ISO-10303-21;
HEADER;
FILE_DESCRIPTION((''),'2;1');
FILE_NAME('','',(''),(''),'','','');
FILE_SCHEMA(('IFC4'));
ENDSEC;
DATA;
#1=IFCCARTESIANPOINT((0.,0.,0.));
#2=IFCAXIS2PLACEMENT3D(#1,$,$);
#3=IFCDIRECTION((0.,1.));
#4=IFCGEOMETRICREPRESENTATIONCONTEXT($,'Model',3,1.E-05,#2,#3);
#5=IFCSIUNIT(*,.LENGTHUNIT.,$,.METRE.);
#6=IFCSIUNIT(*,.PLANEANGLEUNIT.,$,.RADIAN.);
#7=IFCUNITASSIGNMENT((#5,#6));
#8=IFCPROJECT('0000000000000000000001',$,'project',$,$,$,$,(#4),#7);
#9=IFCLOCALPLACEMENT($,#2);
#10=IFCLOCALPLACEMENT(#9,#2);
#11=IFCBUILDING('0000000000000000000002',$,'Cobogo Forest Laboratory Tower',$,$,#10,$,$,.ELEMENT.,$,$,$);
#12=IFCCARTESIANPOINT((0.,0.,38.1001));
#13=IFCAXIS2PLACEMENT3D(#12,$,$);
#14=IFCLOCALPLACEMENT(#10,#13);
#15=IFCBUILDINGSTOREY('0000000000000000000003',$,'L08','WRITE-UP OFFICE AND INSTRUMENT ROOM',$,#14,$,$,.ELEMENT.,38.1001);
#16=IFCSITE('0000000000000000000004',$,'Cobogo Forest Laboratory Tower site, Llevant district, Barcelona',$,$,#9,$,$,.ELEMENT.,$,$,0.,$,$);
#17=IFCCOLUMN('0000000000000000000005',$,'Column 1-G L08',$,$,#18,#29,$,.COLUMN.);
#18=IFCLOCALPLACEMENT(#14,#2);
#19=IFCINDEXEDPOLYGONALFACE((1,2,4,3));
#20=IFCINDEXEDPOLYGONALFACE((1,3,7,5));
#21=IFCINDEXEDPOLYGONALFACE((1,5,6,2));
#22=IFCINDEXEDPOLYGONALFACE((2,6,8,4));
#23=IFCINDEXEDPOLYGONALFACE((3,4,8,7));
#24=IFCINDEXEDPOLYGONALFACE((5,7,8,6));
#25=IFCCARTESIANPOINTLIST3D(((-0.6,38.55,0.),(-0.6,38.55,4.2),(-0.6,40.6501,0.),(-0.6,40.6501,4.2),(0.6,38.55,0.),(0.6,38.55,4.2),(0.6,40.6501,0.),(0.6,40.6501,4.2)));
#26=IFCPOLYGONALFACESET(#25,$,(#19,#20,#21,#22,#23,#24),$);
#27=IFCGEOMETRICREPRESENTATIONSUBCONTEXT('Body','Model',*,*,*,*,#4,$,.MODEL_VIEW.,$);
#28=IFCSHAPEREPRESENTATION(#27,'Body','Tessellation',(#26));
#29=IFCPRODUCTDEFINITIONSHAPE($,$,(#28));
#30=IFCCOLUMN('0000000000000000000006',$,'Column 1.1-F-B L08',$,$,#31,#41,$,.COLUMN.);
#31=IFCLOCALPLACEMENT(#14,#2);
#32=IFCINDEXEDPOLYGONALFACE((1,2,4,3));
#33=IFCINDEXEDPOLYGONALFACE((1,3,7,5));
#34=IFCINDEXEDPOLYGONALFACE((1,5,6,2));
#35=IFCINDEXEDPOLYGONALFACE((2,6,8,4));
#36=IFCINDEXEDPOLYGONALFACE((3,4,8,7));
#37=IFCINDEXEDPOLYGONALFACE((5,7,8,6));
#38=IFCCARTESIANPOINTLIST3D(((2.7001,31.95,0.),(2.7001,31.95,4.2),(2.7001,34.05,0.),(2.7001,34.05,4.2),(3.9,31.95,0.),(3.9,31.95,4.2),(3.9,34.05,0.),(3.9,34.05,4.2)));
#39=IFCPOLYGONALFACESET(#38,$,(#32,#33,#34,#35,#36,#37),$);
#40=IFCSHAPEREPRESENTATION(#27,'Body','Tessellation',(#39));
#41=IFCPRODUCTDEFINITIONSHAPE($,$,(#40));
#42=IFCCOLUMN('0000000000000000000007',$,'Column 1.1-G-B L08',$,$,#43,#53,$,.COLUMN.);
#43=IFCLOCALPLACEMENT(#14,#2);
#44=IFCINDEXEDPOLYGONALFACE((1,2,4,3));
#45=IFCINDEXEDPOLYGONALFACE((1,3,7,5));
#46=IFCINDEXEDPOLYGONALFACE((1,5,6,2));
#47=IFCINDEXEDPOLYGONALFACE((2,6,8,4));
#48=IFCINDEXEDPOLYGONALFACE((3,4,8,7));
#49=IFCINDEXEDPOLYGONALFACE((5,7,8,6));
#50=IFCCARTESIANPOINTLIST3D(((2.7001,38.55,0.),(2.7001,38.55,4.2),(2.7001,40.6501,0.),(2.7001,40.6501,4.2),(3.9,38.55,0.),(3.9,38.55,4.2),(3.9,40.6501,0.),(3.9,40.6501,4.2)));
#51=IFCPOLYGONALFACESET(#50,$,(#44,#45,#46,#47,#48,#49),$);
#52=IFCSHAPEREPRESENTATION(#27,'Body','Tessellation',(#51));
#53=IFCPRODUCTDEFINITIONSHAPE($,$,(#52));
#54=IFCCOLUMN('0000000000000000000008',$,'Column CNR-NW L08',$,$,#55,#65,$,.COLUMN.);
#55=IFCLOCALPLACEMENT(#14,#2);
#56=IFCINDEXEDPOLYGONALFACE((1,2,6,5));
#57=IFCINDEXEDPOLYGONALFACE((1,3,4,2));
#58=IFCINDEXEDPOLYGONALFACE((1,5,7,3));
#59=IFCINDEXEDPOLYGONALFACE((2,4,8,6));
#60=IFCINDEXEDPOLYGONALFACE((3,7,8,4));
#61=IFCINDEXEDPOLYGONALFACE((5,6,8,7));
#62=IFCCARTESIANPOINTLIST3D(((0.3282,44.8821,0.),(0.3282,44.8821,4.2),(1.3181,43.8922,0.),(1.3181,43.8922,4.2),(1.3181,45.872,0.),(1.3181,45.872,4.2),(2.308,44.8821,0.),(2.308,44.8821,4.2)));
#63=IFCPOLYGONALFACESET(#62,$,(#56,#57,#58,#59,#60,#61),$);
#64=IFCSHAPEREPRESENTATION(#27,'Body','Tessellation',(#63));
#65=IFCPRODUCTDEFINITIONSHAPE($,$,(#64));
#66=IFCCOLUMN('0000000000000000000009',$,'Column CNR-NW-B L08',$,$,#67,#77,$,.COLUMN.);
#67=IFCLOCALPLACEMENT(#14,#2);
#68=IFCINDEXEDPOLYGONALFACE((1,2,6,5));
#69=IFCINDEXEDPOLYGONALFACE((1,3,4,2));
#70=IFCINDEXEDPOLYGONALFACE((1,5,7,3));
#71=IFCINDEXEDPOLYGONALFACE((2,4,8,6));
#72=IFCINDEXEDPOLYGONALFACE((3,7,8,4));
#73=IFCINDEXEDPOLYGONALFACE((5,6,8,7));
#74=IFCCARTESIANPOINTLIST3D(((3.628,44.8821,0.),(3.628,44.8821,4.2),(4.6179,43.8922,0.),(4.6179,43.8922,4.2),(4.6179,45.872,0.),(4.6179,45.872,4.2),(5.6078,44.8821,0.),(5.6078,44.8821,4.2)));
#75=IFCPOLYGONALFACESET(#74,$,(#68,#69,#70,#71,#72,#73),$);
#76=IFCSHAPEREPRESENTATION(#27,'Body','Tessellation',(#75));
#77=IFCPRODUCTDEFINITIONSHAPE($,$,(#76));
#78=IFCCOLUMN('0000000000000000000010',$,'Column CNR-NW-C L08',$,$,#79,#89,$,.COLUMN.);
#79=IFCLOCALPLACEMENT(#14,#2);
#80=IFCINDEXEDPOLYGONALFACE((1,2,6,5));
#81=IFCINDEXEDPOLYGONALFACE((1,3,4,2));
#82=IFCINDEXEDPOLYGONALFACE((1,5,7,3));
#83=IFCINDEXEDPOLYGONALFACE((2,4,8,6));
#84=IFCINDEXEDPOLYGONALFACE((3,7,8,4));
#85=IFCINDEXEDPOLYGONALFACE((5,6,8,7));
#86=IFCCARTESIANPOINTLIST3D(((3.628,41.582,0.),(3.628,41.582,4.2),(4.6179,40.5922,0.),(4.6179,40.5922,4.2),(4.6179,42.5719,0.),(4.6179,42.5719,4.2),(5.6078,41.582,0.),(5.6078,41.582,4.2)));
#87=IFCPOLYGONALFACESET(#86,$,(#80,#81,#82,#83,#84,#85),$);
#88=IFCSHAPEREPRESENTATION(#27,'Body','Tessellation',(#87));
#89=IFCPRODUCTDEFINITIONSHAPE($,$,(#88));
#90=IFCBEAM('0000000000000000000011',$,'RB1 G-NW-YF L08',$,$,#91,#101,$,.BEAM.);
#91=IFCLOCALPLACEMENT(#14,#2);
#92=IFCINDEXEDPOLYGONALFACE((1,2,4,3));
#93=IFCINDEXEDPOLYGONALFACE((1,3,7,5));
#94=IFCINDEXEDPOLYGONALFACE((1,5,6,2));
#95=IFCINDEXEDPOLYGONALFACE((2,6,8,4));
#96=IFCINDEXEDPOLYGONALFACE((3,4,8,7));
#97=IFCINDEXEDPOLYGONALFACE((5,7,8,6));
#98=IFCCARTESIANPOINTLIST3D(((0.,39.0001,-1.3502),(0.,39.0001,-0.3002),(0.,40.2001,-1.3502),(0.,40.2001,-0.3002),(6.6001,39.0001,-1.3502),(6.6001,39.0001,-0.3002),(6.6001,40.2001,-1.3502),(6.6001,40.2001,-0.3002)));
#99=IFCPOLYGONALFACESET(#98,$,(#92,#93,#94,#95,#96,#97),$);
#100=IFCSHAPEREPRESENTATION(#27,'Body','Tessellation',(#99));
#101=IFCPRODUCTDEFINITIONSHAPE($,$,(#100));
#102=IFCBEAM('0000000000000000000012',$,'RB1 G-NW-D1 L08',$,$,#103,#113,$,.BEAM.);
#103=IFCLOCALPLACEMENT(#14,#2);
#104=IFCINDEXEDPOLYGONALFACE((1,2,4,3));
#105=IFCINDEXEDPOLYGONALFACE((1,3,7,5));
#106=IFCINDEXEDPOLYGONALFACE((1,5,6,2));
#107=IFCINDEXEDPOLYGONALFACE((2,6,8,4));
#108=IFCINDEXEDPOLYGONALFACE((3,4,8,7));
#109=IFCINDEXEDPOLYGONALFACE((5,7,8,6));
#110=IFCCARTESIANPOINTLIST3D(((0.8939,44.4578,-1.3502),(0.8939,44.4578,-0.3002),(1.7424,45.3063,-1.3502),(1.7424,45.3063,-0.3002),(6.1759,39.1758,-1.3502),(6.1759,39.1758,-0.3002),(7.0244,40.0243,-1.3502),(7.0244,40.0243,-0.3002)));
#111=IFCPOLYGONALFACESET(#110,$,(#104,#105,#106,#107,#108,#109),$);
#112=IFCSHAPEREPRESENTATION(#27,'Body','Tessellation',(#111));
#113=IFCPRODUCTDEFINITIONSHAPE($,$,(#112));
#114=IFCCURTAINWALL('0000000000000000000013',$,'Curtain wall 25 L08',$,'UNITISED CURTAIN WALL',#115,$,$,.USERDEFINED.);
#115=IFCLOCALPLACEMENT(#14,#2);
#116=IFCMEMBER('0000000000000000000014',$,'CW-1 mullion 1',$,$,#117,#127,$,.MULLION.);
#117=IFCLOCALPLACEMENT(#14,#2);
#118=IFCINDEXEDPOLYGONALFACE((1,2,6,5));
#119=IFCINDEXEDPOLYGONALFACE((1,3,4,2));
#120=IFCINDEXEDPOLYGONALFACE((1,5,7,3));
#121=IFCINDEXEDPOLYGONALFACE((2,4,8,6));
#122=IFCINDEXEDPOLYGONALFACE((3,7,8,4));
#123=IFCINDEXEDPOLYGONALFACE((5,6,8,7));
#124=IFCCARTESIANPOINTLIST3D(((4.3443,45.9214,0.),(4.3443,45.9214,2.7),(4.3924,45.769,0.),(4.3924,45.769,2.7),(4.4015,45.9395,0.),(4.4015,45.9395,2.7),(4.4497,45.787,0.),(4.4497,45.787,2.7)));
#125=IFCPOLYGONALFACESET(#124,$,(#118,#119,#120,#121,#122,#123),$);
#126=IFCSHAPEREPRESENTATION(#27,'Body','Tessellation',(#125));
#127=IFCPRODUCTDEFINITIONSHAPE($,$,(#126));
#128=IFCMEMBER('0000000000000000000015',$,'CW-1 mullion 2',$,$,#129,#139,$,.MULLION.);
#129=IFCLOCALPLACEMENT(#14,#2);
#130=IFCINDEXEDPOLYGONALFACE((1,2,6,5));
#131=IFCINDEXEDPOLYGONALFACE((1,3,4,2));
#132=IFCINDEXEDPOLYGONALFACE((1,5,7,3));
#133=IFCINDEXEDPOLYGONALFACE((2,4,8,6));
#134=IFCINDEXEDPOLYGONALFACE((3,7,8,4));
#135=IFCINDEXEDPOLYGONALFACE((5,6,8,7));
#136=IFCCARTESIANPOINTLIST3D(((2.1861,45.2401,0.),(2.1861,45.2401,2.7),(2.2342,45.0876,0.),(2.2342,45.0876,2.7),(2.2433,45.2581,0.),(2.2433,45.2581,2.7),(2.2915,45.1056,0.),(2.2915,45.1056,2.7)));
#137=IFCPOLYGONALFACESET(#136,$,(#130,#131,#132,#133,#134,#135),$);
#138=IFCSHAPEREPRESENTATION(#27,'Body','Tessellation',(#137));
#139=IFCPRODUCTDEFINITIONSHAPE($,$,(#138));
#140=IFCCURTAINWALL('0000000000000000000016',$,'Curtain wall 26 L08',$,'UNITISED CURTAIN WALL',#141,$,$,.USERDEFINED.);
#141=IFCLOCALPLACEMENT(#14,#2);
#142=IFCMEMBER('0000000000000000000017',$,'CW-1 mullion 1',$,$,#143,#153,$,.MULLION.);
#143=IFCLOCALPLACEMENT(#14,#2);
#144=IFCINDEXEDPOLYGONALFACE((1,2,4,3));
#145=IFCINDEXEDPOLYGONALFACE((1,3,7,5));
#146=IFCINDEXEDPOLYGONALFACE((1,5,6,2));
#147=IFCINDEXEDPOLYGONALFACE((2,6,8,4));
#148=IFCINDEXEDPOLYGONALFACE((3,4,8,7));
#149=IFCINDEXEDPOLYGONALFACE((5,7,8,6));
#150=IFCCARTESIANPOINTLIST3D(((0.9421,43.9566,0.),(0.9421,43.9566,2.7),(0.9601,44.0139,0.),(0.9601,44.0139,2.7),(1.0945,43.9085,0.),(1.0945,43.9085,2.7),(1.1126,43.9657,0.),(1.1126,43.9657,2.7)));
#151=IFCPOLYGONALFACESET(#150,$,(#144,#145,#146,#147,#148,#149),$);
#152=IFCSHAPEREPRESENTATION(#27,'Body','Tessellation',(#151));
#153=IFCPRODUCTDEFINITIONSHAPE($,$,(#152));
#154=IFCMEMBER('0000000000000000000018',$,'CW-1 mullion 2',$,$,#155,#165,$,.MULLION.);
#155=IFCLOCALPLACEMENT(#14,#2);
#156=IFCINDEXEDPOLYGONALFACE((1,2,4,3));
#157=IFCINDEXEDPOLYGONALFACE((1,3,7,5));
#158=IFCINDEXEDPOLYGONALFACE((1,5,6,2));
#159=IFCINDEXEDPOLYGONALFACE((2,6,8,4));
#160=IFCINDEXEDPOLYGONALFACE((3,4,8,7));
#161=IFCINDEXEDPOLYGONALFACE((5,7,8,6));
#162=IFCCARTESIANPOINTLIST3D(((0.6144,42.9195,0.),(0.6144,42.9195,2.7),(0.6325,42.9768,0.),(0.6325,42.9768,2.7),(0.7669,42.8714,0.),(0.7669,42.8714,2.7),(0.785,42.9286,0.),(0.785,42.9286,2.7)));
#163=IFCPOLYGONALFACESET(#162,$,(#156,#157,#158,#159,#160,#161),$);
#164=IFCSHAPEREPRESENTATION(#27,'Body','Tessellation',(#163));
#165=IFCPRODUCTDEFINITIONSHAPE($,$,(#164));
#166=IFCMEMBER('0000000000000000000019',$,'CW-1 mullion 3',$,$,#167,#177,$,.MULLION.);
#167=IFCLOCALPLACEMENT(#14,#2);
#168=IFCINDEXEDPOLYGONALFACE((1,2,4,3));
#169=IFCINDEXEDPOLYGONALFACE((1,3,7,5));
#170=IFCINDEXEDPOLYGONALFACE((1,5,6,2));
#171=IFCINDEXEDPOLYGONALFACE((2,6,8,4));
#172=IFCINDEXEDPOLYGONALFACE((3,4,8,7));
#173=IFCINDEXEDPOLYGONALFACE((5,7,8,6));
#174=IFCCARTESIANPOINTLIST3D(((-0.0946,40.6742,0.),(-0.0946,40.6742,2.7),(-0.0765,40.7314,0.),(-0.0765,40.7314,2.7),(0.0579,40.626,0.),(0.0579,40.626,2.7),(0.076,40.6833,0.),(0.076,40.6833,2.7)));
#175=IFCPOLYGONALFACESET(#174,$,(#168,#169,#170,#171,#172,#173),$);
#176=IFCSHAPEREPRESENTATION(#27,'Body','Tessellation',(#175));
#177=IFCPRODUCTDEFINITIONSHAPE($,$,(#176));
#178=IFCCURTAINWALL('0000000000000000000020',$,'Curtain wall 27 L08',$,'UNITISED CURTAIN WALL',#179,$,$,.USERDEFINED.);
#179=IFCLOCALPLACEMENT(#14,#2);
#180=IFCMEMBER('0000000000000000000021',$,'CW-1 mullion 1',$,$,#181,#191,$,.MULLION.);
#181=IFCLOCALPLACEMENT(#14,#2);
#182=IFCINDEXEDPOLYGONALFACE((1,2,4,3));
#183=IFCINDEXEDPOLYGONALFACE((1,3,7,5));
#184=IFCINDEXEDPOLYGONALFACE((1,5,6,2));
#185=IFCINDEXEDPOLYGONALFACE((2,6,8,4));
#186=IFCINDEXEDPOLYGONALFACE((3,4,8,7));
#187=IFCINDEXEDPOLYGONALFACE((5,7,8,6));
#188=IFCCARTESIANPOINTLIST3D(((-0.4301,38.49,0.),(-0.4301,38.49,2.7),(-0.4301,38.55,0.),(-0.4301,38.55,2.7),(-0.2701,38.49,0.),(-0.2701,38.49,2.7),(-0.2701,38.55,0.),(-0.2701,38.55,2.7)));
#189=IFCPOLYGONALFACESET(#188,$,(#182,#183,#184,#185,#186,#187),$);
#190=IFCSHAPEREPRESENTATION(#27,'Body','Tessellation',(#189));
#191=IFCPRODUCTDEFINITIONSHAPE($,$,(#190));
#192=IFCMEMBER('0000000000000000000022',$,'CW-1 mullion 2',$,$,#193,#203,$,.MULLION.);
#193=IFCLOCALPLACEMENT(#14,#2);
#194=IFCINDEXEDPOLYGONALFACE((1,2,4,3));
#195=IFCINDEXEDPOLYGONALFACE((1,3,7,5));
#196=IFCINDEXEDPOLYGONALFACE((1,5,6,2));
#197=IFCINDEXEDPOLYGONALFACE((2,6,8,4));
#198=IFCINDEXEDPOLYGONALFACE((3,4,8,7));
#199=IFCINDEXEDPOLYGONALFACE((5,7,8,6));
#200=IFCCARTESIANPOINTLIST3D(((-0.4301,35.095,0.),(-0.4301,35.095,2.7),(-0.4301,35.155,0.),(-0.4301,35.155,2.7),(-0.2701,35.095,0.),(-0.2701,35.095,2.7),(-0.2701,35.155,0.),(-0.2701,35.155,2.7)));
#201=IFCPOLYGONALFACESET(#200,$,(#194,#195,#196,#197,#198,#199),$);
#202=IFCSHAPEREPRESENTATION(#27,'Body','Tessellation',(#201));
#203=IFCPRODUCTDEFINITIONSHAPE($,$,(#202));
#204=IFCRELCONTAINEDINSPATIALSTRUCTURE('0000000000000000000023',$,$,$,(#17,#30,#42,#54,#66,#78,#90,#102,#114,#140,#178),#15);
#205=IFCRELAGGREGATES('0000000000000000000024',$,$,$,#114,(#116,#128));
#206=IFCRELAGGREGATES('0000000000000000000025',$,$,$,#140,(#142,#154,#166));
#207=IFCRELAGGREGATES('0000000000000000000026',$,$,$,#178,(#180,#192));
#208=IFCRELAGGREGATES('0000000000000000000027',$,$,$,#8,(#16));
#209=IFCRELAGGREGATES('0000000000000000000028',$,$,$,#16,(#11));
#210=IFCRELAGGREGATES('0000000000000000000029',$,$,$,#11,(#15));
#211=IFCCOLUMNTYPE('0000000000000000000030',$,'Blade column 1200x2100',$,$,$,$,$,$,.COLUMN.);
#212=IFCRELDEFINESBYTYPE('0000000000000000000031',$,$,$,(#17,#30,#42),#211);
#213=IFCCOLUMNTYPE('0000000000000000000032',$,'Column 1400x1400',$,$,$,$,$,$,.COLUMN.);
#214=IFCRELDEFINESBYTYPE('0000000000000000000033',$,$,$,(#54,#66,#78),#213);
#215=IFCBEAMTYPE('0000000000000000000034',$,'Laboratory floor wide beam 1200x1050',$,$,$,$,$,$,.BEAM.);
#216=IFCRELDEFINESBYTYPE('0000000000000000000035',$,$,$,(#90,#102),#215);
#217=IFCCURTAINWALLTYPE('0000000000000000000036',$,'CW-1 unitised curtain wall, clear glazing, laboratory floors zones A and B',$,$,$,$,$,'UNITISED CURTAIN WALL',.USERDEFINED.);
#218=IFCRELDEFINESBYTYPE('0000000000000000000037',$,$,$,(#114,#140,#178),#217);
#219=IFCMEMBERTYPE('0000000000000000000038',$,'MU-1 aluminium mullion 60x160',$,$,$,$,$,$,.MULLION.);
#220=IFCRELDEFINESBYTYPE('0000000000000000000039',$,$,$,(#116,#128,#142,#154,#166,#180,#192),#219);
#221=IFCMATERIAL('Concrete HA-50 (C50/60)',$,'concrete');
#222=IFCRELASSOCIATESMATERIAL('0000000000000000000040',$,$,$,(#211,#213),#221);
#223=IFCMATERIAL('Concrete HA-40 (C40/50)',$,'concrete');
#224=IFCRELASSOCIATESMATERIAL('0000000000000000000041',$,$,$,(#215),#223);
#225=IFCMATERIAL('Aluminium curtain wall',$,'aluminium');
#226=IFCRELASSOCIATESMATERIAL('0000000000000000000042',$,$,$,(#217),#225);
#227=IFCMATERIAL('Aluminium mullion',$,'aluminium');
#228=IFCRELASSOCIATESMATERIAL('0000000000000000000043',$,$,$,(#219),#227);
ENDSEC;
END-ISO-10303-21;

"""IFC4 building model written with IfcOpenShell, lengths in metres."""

from ifc_helpers import new_model, si_unit, direction, frame, origin, origin_2d, place, context, subcontext, project, spatial, rectangle, extrude, material, material_profile, profile_set, type_object, element, aggregate, save


model = new_model("IFC4")

# Units and contexts
model_context = context("Model", 3, precision=1e-05, world=origin(), true_north=direction((0.0, 1.0)))
body_context = subcontext(model_context, "Body", "Model", "MODEL_VIEW")
ifc_project = project(units=[si_unit("LENGTHUNIT", "METRE"), si_unit("PLANEANGLEUNIT", "RADIAN")], contexts=[model_context])

# Site, building, storey
site_placement = place(None, origin())
site = spatial("IfcSite", under=ifc_project, at=site_placement, Name="Cobogo Forest Laboratory Tower site, Llevant district, Barcelona", CompositionType="ELEMENT", RefElevation=0.0)
building_placement = place(site_placement, origin())
building = spatial("IfcBuilding", under=site, at=building_placement, Name="Cobogo Forest Laboratory Tower", CompositionType="ELEMENT")
storey_placement = place(building_placement, frame((0.0, 0.0, 38.1001)))
storey = spatial("IfcBuildingStorey", under=building, at=storey_placement, Name="L08", Description="WRITE-UP OFFICE AND INSTRUMENT ROOM", CompositionType="ELEMENT", Elevation=38.1001)

# Columns
ifc_material_1 = material(Name="Concrete HA-50 (C50/60)", Category="concrete")
ifc_material_profile_1 = material_profile(ifc_material_1, rectangle(XDim=2.1001, YDim=1.2, at=origin_2d()), Name="RC 1200x2100")
ifc_profile_set_1 = profile_set([ifc_material_profile_1], Name="Concrete HA-50 (C50/60)")
column_type_1 = type_object("IfcColumnType", Name="Blade column 1200x2100", PredefinedType="COLUMN", material=ifc_profile_set_1)
for number, where, z_axis, x_axis, name in (
    (1, (0.0, 39.6001, 0.0), (0.0, 0.0, 1.0), (0.0, 1.0, 0.0), "Column 1-G L08"),
    (2, (3.3, 33.0, 0.0), (0.0, 0.0, 1.0), (0.0, 1.0, 0.0), "Column 1.1-F-B L08"),
    (3, (3.3, 39.6001, 0.0), (0.0, 0.0, 1.0), (0.0, 1.0, 0.0), "Column 1.1-G-B L08"),
):
    element("IfcColumn", number, at=place(storey_placement, frame(where, z_axis=z_axis, x_axis=x_axis)), inside=storey, type_object=column_type_1, Name=name, PredefinedType="COLUMN", context=body_context, shape_type="SweptSolid", body=[
        extrude(rectangle(XDim=2.1001, YDim=1.2, at=origin_2d()), origin(), (0.0, 0.0, 1.0), 4.2),
    ])
ifc_material_profile_2 = material_profile(ifc_material_1, rectangle(XDim=1.3999, YDim=1.3999, at=origin_2d()), Name="RC 1400x1400")
ifc_profile_set_2 = profile_set([ifc_material_profile_2], Name="Concrete HA-50 (C50/60)")
column_type_2 = type_object("IfcColumnType", Name="Column 1400x1400", PredefinedType="COLUMN", material=ifc_profile_set_2)
for number, where, z_axis, x_axis, name in (
    (4, (1.3181, 44.8821, 0.0), (0.0, 0.0, 1.0), (0.707107, 0.707107, 0.0), "Column CNR-NW L08"),
    (5, (4.6179, 44.8821, 0.0), (0.0, 0.0, 1.0), (0.707107, 0.707107, 0.0), "Column CNR-NW-B L08"),
    (6, (4.6179, 41.582, 0.0), (0.0, 0.0, 1.0), (0.707107, 0.707107, 0.0), "Column CNR-NW-C L08"),
):
    element("IfcColumn", number, at=place(storey_placement, frame(where, z_axis=z_axis, x_axis=x_axis)), inside=storey, type_object=column_type_2, Name=name, PredefinedType="COLUMN", context=body_context, shape_type="SweptSolid", body=[
        extrude(rectangle(XDim=1.3999, YDim=1.3999, at=origin_2d()), origin(), (0.0, 0.0, 1.0), 4.2),
    ])

# Beams
ifc_material_2 = material(Name="Concrete HA-40 (C40/50)", Category="concrete")
ifc_material_profile_3 = material_profile(ifc_material_2, rectangle(XDim=1.2, YDim=1.05, at=origin_2d()), Name="RC 1200x1050")
ifc_profile_set_3 = profile_set([ifc_material_profile_3], Name="Concrete HA-40 (C40/50)")
beam_type_1 = type_object("IfcBeamType", Name="Laboratory floor wide beam 1200x1050", PredefinedType="BEAM", material=ifc_profile_set_3)
beam_1_placement = place(storey_placement, frame((0.0, 39.6001, -0.8252), z_axis=(1.0, 0.0, 0.0), x_axis=(0.0, 1.0, 0.0)))
element("IfcBeam", 7, at=beam_1_placement, inside=storey, type_object=beam_type_1, Name="RB1 G-NW-YF L08", PredefinedType="BEAM", context=body_context, shape_type="SweptSolid", body=[
    extrude(rectangle(XDim=1.2, YDim=1.05, at=origin_2d()), origin(), (0.0, 0.0, 1.0), 6.6001),
])
beam_2_placement = place(storey_placement, frame((1.3181, 44.8821, -0.8252), z_axis=(0.707107, -0.707107, 0.0), x_axis=(0.707107, 0.707107, 0.0)))
element("IfcBeam", 8, at=beam_2_placement, inside=storey, type_object=beam_type_1, Name="RB1 G-NW-D1 L08", PredefinedType="BEAM", context=body_context, shape_type="SweptSolid", body=[
    extrude(rectangle(XDim=1.2, YDim=1.05, at=origin_2d()), origin(), (0.0, 0.0, 1.0), 7.47),
])

# Curtain walls, members
ifc_material_3 = material(Name="Aluminium curtain wall", Category="aluminium")
curtain_wall_type = type_object("IfcCurtainWallType", Name="CW-1 unitised curtain wall, clear glazing, laboratory floors zones A and B", ElementType="UNITISED CURTAIN WALL", PredefinedType="USERDEFINED", material=ifc_material_3)
curtain_wall_1_placement = place(storey_placement, origin())
curtain_wall_1 = element("IfcCurtainWall", 9, at=curtain_wall_1_placement, inside=storey, type_object=curtain_wall_type, Name="Curtain wall 25 L08", ObjectType="UNITISED CURTAIN WALL", PredefinedType="USERDEFINED")
ifc_material_4 = material(Name="Aluminium mullion", Category="aluminium")
ifc_material_profile_4 = material_profile(ifc_material_4, rectangle(XDim=0.0601, YDim=0.1599, at=origin_2d()), Name="AL 60x160")
ifc_profile_set_4 = profile_set([ifc_material_profile_4], Name="Aluminium mullion")
member_type_1 = type_object("IfcMemberType", Name="MU-1 aluminium mullion 60x160", PredefinedType="MULLION", material=ifc_profile_set_4)
member_1_placement = place(storey_placement, frame((4.397, 45.8542, 0.0), z_axis=(0.0, 0.0, 1.0), x_axis=(-0.953581, -0.301135, 0.0)))
member_1 = element("IfcMember", 10, at=member_1_placement, type_object=member_type_1, Name="CW-1 mullion 1", PredefinedType="MULLION", context=body_context, shape_type="SweptSolid", body=[
    extrude(rectangle(XDim=0.0601, YDim=0.1599, at=origin_2d()), origin(), (0.0, 0.0, 1.0), 2.7),
])
member_2_placement = place(storey_placement, frame((2.2388, 45.1729, 0.0), z_axis=(0.0, 0.0, 1.0), x_axis=(-0.953581, -0.301135, 0.0)))
member_2 = element("IfcMember", 11, at=member_2_placement, type_object=member_type_1, Name="CW-1 mullion 2", PredefinedType="MULLION", context=body_context, shape_type="SweptSolid", body=[
    extrude(rectangle(XDim=0.0601, YDim=0.1599, at=origin_2d()), origin(), (0.0, 0.0, 1.0), 2.7),
])
curtain_wall_2_placement = place(storey_placement, origin())
curtain_wall_2 = element("IfcCurtainWall", 12, at=curtain_wall_2_placement, inside=storey, type_object=curtain_wall_type, Name="Curtain wall 26 L08", ObjectType="UNITISED CURTAIN WALL", PredefinedType="USERDEFINED")
member_3_placement = place(storey_placement, frame((1.0273, 43.9612, 0.0), z_axis=(0.0, 0.0, 1.0), x_axis=(-0.301135, -0.953581, 0.0)))
member_3 = element("IfcMember", 13, at=member_3_placement, type_object=member_type_1, Name="CW-1 mullion 1", PredefinedType="MULLION", context=body_context, shape_type="SweptSolid", body=[
    extrude(rectangle(XDim=0.0601, YDim=0.1599, at=origin_2d()), origin(), (0.0, 0.0, 1.0), 2.7),
])
member_4_placement = place(storey_placement, frame((0.6997, 42.9241, 0.0), z_axis=(0.0, 0.0, 1.0), x_axis=(-0.301135, -0.953581, 0.0)))
member_4 = element("IfcMember", 14, at=member_4_placement, type_object=member_type_1, Name="CW-1 mullion 2", PredefinedType="MULLION", context=body_context, shape_type="SweptSolid", body=[
    extrude(rectangle(XDim=0.0601, YDim=0.1599, at=origin_2d()), origin(), (0.0, 0.0, 1.0), 2.7),
])
member_5_placement = place(storey_placement, frame((-0.0093, 40.6787, 0.0), z_axis=(0.0, 0.0, 1.0), x_axis=(-0.301135, -0.953581, 0.0)))
member_5 = element("IfcMember", 15, at=member_5_placement, type_object=member_type_1, Name="CW-1 mullion 3", PredefinedType="MULLION", context=body_context, shape_type="SweptSolid", body=[
    extrude(rectangle(XDim=0.0601, YDim=0.1599, at=origin_2d()), origin(), (0.0, 0.0, 1.0), 2.7),
])
curtain_wall_3_placement = place(storey_placement, origin())
curtain_wall_3 = element("IfcCurtainWall", 16, at=curtain_wall_3_placement, inside=storey, type_object=curtain_wall_type, Name="Curtain wall 27 L08", ObjectType="UNITISED CURTAIN WALL", PredefinedType="USERDEFINED")
member_6_placement = place(storey_placement, frame((-0.3501, 38.52, 0.0), z_axis=(0.0, 0.0, 1.0), x_axis=(0.0, -1.0, 0.0)))
member_6 = element("IfcMember", 17, at=member_6_placement, type_object=member_type_1, Name="CW-1 mullion 1", PredefinedType="MULLION", context=body_context, shape_type="SweptSolid", body=[
    extrude(rectangle(XDim=0.0601, YDim=0.1599, at=origin_2d()), origin(), (0.0, 0.0, 1.0), 2.7),
])
member_7_placement = place(storey_placement, frame((-0.3501, 35.125, 0.0), z_axis=(0.0, 0.0, 1.0), x_axis=(0.0, -1.0, 0.0)))
member_7 = element("IfcMember", 18, at=member_7_placement, type_object=member_type_1, Name="CW-1 mullion 2", PredefinedType="MULLION", context=body_context, shape_type="SweptSolid", body=[
    extrude(rectangle(XDim=0.0601, YDim=0.1599, at=origin_2d()), origin(), (0.0, 0.0, 1.0), 2.7),
])

aggregate(curtain_wall_1, [member_1, member_2])
aggregate(curtain_wall_2, [member_3, member_4, member_5])
aggregate(curtain_wall_3, [member_6, member_7])

save(model, "model.ifc")
